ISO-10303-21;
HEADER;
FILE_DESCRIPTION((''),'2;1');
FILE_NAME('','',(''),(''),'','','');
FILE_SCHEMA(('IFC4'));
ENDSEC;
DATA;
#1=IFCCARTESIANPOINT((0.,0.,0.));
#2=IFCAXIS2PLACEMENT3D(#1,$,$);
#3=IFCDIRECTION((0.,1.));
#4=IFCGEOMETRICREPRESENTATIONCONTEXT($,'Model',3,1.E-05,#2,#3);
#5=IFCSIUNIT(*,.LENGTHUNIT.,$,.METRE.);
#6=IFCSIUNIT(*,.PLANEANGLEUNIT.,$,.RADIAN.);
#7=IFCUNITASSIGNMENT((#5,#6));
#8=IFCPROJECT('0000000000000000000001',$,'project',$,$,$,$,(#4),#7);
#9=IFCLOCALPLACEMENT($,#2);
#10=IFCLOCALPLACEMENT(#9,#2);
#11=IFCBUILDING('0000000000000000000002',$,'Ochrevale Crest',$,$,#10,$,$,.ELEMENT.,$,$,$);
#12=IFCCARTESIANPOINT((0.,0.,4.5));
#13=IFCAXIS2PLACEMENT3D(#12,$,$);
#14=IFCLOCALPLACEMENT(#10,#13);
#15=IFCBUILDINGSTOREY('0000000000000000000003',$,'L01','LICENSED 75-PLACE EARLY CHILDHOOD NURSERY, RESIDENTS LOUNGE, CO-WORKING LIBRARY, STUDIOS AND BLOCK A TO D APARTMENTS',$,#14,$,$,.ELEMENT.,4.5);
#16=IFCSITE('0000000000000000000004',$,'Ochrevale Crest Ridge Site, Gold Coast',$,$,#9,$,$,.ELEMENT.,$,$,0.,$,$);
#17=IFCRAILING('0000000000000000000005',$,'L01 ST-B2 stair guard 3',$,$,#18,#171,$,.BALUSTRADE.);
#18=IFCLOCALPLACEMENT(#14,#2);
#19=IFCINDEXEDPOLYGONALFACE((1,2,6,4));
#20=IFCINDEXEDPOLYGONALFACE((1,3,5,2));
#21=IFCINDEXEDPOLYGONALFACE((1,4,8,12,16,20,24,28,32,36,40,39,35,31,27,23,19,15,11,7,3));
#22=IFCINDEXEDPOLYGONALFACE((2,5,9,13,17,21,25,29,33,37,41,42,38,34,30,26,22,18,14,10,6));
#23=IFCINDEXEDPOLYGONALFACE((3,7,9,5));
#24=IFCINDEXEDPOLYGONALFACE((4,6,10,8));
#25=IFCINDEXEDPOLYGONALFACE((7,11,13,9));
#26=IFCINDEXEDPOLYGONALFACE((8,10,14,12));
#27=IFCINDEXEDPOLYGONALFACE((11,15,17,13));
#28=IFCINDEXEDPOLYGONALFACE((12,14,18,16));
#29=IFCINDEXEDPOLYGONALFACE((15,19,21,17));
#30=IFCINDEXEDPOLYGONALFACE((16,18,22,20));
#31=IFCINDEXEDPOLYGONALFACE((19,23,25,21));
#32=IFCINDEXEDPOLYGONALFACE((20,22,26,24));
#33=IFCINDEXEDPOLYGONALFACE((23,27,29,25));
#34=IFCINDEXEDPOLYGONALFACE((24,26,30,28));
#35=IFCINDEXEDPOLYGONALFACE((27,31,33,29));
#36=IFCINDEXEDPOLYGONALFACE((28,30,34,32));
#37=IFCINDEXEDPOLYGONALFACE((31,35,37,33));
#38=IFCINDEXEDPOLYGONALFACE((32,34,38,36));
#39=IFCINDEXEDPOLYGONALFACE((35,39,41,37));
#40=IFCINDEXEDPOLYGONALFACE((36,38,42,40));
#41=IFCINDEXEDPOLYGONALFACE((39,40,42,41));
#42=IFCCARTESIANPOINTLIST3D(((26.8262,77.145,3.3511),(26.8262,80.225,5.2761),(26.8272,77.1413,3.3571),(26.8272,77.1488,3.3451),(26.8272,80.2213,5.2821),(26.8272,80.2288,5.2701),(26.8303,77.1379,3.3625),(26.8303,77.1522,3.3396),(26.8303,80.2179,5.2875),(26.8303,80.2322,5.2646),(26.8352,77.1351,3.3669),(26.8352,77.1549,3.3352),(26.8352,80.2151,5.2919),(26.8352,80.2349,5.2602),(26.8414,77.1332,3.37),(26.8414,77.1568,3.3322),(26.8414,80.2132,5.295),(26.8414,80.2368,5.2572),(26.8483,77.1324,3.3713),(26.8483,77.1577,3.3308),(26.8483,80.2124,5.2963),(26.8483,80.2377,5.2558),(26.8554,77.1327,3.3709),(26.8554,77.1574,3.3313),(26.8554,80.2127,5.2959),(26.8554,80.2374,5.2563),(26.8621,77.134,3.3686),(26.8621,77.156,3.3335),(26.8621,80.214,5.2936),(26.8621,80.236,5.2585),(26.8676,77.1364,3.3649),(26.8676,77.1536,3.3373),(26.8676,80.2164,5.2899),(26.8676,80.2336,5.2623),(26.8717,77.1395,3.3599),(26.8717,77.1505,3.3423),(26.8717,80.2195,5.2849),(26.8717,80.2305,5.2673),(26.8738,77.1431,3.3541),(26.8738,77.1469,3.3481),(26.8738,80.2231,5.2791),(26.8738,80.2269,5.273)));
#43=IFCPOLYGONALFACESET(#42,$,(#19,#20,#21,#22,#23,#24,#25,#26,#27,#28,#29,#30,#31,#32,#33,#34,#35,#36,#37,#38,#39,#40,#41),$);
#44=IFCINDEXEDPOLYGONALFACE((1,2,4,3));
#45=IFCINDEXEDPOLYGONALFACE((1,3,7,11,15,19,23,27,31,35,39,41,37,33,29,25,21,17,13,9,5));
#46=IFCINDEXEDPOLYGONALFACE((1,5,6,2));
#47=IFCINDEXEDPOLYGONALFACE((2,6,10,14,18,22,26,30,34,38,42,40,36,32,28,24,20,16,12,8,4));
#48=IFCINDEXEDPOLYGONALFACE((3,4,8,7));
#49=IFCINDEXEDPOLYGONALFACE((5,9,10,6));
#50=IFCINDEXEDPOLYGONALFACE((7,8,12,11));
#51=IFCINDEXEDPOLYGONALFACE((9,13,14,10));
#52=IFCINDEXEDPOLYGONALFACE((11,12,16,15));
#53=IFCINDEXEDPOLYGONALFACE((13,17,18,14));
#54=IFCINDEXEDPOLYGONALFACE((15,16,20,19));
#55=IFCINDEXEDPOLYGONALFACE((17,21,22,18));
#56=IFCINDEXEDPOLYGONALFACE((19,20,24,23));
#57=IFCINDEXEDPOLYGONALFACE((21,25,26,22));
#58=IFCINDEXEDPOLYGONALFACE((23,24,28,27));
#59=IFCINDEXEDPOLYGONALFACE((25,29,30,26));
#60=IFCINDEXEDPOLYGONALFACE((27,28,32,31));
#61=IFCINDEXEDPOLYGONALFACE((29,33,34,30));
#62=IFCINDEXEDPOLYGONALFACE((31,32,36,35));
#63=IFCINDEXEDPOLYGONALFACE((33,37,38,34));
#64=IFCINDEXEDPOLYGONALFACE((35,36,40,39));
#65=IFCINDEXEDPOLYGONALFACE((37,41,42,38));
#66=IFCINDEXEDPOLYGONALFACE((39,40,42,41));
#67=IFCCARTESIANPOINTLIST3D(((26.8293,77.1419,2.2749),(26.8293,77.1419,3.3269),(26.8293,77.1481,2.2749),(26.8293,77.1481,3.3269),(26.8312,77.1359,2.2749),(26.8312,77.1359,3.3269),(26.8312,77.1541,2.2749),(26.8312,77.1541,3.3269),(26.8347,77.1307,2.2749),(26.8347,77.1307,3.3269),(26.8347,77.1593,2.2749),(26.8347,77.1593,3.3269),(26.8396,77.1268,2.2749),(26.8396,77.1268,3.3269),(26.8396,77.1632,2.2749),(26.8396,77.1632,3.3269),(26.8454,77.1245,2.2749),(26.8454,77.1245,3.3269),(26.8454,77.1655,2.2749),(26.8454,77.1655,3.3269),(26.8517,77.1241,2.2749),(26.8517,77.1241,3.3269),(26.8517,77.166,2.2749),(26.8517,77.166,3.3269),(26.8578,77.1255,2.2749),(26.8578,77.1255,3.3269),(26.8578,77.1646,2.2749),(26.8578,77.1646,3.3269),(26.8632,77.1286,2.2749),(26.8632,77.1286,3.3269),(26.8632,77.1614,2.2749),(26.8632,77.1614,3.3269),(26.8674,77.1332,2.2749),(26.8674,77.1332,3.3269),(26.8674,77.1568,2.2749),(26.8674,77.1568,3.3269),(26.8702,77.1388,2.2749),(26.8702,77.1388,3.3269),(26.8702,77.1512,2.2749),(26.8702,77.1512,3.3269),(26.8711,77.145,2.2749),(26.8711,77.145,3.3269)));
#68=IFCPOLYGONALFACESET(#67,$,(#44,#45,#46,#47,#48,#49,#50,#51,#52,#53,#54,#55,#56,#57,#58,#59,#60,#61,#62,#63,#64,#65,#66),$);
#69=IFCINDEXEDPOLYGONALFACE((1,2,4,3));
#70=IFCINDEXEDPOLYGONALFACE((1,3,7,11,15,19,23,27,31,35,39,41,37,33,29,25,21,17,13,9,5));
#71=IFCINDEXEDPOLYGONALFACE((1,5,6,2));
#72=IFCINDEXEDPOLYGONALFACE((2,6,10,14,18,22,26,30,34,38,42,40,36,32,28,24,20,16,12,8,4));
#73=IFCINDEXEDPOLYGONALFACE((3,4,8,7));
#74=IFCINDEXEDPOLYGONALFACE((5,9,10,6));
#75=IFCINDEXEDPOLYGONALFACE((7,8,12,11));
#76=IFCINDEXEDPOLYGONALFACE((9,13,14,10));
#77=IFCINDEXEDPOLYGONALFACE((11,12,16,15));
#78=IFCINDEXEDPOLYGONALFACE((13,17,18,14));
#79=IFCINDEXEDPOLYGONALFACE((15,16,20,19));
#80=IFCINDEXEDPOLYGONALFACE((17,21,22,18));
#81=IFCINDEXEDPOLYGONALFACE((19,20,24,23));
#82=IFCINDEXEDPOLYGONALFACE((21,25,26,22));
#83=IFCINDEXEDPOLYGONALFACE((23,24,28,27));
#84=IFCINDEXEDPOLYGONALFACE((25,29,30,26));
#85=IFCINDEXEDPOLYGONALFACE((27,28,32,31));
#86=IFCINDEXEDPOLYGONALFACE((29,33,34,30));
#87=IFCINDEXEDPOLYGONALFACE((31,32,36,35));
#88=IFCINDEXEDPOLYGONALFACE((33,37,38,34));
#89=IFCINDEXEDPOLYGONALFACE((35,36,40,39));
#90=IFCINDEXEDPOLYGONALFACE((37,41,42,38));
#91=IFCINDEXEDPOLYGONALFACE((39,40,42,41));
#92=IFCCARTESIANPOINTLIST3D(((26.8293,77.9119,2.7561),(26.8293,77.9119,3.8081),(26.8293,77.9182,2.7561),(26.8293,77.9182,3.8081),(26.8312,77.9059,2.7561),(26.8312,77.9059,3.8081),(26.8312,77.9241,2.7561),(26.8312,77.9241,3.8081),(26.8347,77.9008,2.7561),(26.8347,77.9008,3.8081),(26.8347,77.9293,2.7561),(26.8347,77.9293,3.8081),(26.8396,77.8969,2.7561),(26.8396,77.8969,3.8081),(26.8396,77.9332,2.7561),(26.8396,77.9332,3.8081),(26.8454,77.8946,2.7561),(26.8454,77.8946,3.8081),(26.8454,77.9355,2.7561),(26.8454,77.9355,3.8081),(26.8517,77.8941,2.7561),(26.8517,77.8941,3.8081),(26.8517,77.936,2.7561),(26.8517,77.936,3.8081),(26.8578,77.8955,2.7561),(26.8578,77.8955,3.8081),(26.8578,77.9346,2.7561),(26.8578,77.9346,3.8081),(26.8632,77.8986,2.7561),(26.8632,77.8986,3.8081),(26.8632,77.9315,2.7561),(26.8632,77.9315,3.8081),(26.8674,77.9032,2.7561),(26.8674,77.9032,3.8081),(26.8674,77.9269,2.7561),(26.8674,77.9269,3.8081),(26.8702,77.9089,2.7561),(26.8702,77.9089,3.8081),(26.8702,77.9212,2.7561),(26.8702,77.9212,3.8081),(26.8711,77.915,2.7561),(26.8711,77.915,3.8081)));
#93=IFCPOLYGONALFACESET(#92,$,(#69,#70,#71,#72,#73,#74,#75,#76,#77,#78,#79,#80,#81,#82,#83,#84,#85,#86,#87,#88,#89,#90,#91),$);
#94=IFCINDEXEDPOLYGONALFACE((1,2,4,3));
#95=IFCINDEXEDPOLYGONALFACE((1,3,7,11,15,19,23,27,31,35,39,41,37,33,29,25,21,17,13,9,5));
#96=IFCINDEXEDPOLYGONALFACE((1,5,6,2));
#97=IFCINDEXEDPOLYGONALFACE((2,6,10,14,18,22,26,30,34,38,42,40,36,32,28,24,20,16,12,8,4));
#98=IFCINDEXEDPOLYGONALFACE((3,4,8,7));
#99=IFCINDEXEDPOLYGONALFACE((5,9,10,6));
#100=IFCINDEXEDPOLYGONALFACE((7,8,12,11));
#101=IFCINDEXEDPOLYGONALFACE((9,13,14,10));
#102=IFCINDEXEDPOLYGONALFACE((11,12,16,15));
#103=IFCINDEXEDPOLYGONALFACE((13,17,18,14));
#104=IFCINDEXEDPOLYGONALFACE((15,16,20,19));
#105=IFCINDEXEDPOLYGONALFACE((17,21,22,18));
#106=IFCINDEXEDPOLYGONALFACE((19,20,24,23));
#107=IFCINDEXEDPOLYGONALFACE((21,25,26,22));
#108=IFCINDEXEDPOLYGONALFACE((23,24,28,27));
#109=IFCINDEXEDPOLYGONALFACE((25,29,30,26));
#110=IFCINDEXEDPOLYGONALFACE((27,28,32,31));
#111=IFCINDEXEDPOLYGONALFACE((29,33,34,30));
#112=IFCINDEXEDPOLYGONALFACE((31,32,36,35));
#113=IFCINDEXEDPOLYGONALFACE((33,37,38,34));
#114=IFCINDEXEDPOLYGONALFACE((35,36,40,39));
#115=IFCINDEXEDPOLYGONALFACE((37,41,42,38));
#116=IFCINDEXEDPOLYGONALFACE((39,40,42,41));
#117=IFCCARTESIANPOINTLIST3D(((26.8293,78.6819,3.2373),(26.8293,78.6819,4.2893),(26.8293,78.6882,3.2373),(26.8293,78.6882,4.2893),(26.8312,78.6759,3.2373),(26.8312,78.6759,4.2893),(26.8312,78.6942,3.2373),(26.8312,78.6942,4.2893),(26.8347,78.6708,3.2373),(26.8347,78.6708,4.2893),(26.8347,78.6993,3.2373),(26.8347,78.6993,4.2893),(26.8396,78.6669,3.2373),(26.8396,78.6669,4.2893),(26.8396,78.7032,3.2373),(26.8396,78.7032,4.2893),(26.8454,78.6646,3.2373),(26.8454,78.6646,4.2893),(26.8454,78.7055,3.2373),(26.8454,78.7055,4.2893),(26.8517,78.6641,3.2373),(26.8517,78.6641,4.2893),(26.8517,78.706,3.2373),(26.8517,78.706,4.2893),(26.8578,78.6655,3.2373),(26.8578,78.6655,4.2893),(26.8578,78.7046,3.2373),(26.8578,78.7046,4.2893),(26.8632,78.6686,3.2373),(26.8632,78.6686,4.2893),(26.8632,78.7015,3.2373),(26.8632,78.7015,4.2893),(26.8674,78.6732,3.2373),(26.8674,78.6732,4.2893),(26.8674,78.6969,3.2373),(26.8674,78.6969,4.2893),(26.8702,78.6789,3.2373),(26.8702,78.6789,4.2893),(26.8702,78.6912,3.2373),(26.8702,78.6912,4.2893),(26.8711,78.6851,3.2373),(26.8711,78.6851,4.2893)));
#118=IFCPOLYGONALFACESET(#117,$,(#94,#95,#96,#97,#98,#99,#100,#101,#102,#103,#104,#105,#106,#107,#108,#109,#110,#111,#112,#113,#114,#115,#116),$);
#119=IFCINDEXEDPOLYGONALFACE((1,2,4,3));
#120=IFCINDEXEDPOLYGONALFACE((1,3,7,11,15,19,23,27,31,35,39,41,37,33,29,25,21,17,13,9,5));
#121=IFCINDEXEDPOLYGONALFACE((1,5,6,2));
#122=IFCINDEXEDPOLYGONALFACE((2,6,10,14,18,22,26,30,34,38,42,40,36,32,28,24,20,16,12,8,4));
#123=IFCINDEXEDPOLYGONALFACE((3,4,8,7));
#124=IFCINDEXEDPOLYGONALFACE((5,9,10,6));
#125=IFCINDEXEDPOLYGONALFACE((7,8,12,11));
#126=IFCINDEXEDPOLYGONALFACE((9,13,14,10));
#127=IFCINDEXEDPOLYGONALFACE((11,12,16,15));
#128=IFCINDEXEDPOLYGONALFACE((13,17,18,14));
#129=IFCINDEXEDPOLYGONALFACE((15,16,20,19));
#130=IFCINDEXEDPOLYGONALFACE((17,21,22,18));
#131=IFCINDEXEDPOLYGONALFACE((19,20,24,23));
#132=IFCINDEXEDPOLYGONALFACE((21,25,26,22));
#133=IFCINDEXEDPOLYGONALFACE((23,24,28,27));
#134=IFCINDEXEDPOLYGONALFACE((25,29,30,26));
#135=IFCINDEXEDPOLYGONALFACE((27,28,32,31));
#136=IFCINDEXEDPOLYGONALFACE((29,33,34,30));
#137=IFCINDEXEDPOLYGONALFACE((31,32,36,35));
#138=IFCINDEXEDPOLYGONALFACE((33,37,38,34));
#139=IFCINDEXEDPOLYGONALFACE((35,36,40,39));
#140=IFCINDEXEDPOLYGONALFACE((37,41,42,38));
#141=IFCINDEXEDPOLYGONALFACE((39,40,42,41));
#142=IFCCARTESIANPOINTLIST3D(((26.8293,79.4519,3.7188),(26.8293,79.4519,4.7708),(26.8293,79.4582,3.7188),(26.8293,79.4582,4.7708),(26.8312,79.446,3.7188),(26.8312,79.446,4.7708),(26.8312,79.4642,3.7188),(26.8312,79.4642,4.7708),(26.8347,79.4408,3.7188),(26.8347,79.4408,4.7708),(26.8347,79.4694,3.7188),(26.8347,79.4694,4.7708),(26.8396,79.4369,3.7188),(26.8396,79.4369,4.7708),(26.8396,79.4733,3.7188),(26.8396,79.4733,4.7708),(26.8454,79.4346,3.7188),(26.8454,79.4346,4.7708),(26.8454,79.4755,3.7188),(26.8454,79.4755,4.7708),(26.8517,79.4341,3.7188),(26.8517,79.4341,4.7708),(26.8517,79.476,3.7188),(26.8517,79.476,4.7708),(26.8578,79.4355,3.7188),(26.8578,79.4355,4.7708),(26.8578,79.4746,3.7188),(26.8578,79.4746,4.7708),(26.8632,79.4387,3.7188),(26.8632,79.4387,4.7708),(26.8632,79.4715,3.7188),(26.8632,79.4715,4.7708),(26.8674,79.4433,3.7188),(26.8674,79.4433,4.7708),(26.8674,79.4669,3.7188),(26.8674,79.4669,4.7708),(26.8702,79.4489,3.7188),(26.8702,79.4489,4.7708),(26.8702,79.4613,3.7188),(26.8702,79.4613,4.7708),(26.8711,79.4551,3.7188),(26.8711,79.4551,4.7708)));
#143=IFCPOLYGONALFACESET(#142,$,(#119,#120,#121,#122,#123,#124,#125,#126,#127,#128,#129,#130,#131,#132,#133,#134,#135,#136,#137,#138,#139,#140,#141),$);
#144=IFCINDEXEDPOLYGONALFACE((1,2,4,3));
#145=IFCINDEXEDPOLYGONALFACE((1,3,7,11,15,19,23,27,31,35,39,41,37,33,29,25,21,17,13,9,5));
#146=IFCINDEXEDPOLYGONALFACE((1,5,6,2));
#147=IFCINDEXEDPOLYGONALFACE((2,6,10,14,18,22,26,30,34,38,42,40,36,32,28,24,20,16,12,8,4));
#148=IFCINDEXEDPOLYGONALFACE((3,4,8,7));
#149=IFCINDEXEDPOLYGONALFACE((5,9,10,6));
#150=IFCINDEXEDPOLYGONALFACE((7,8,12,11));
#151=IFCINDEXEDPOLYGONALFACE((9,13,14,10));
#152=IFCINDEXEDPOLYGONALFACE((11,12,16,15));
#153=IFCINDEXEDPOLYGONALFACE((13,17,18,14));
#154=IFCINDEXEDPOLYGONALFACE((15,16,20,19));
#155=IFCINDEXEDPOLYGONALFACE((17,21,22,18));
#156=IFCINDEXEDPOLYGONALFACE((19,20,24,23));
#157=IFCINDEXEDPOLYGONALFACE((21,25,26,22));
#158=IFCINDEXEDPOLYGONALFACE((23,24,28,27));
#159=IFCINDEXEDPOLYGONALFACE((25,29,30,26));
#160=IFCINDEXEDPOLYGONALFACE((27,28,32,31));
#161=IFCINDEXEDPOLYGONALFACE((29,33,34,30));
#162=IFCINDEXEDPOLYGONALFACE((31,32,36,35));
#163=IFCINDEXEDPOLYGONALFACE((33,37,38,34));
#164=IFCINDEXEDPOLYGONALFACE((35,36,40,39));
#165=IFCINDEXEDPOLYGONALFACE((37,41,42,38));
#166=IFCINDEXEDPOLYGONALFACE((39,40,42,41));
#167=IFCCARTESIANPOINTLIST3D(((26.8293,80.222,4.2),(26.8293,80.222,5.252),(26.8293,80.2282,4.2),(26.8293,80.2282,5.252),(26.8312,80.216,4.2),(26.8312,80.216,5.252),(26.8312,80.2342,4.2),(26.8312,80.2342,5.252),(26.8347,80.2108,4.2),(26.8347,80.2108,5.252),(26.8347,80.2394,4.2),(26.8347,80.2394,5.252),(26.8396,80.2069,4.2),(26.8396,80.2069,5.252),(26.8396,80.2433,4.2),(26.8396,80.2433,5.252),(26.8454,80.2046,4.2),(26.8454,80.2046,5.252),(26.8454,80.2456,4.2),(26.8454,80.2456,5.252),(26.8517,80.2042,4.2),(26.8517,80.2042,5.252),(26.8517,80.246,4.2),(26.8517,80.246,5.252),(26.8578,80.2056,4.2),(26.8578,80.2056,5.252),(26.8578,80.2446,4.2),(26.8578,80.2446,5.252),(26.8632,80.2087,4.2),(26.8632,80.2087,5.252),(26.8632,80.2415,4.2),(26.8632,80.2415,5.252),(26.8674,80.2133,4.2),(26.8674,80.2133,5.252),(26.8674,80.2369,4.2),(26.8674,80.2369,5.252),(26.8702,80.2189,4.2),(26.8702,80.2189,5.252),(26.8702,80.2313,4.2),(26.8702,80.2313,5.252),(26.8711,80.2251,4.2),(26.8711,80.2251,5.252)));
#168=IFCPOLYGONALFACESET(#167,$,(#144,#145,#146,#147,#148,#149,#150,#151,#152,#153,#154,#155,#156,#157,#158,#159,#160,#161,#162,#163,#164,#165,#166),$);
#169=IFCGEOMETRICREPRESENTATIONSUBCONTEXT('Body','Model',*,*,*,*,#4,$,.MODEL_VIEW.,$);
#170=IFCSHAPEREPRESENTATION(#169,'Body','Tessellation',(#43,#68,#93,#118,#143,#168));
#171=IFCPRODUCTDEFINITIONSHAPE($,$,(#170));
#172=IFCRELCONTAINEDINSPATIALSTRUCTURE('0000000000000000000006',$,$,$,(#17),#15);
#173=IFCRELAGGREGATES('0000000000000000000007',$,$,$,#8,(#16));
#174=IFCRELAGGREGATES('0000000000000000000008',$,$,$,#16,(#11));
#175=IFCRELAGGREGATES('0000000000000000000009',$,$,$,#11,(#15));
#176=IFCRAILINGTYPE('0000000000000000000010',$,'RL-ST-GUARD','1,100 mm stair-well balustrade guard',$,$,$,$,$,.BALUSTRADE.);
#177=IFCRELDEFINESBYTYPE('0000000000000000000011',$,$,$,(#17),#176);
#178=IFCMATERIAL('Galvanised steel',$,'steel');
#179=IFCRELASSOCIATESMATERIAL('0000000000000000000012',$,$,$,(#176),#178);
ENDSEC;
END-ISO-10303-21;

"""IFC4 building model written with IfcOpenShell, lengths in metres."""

from ifc_helpers import new_model, si_unit, direction, frame, origin, origin_2d, place, context, subcontext, project, spatial, circle, extrude, material, type_object, element, save


model = new_model("IFC4")

# Units and contexts
model_context = context("Model", 3, precision=1e-05, world=origin(), true_north=direction((0.0, 1.0)))
body_context = subcontext(model_context, "Body", "Model", "MODEL_VIEW")
ifc_project = project(units=[si_unit("LENGTHUNIT", "METRE"), si_unit("PLANEANGLEUNIT", "RADIAN")], contexts=[model_context])

# Site, building, storey
site_placement = place(None, origin())
site = spatial("IfcSite", under=ifc_project, at=site_placement, Name="Ochrevale Crest Ridge Site, Gold Coast", CompositionType="ELEMENT", RefElevation=0.0)
building_placement = place(site_placement, origin())
building = spatial("IfcBuilding", under=site, at=building_placement, Name="Ochrevale Crest", CompositionType="ELEMENT")
storey_placement = place(building_placement, frame((0.0, 0.0, 4.5)))
storey = spatial("IfcBuildingStorey", under=building, at=storey_placement, Name="L01", Description="LICENSED 75-PLACE EARLY CHILDHOOD NURSERY, RESIDENTS LOUNGE, CO-WORKING LIBRARY, STUDIOS AND BLOCK A TO D APARTMENTS", CompositionType="ELEMENT", Elevation=4.5)

# Railing
ifc_material_1 = material(Name="Galvanised steel", Category="steel")
railing_type_1 = type_object("IfcRailingType", Name="RL-ST-GUARD", Description="1,100 mm stair-well balustrade guard", PredefinedType="BALUSTRADE", material=ifc_material_1)
railing_1_placement = place(storey_placement, frame((26.8501, 77.145, 2.2749)))
element("IfcRailing", 1, at=railing_1_placement, inside=storey, type_object=railing_type_1, Name="L01 ST-B2 stair guard 3", PredefinedType="BALUSTRADE", context=body_context, shape_type="SweptSolid", body=[
    extrude(circle(Radius=0.0239, at=origin_2d()), frame((0.0, 0.0, 1.0762), z_axis=(0.0, 0.847998, 0.529999), x_axis=(-1.0, 0.0, 0.0)), (0.0, 0.0, 1.0), 3.6321),
    extrude(circle(Radius=0.021, at=origin_2d()), origin(), (0.0, 0.0, 1.0), 1.052),
    extrude(circle(Radius=0.021, at=origin_2d()), frame((0.0, 0.77, 0.4812)), (0.0, 0.0, 1.0), 1.052),
    extrude(circle(Radius=0.021, at=origin_2d()), frame((0.0, 1.54, 0.9624)), (0.0, 0.0, 1.0), 1.052),
    extrude(circle(Radius=0.021, at=origin_2d()), frame((0.0, 2.3101, 1.4438)), (0.0, 0.0, 1.0), 1.052),
    extrude(circle(Radius=0.021, at=origin_2d()), frame((0.0, 3.0801, 1.925)), (0.0, 0.0, 1.0), 1.052),
])

save(model, "model.ifc")
